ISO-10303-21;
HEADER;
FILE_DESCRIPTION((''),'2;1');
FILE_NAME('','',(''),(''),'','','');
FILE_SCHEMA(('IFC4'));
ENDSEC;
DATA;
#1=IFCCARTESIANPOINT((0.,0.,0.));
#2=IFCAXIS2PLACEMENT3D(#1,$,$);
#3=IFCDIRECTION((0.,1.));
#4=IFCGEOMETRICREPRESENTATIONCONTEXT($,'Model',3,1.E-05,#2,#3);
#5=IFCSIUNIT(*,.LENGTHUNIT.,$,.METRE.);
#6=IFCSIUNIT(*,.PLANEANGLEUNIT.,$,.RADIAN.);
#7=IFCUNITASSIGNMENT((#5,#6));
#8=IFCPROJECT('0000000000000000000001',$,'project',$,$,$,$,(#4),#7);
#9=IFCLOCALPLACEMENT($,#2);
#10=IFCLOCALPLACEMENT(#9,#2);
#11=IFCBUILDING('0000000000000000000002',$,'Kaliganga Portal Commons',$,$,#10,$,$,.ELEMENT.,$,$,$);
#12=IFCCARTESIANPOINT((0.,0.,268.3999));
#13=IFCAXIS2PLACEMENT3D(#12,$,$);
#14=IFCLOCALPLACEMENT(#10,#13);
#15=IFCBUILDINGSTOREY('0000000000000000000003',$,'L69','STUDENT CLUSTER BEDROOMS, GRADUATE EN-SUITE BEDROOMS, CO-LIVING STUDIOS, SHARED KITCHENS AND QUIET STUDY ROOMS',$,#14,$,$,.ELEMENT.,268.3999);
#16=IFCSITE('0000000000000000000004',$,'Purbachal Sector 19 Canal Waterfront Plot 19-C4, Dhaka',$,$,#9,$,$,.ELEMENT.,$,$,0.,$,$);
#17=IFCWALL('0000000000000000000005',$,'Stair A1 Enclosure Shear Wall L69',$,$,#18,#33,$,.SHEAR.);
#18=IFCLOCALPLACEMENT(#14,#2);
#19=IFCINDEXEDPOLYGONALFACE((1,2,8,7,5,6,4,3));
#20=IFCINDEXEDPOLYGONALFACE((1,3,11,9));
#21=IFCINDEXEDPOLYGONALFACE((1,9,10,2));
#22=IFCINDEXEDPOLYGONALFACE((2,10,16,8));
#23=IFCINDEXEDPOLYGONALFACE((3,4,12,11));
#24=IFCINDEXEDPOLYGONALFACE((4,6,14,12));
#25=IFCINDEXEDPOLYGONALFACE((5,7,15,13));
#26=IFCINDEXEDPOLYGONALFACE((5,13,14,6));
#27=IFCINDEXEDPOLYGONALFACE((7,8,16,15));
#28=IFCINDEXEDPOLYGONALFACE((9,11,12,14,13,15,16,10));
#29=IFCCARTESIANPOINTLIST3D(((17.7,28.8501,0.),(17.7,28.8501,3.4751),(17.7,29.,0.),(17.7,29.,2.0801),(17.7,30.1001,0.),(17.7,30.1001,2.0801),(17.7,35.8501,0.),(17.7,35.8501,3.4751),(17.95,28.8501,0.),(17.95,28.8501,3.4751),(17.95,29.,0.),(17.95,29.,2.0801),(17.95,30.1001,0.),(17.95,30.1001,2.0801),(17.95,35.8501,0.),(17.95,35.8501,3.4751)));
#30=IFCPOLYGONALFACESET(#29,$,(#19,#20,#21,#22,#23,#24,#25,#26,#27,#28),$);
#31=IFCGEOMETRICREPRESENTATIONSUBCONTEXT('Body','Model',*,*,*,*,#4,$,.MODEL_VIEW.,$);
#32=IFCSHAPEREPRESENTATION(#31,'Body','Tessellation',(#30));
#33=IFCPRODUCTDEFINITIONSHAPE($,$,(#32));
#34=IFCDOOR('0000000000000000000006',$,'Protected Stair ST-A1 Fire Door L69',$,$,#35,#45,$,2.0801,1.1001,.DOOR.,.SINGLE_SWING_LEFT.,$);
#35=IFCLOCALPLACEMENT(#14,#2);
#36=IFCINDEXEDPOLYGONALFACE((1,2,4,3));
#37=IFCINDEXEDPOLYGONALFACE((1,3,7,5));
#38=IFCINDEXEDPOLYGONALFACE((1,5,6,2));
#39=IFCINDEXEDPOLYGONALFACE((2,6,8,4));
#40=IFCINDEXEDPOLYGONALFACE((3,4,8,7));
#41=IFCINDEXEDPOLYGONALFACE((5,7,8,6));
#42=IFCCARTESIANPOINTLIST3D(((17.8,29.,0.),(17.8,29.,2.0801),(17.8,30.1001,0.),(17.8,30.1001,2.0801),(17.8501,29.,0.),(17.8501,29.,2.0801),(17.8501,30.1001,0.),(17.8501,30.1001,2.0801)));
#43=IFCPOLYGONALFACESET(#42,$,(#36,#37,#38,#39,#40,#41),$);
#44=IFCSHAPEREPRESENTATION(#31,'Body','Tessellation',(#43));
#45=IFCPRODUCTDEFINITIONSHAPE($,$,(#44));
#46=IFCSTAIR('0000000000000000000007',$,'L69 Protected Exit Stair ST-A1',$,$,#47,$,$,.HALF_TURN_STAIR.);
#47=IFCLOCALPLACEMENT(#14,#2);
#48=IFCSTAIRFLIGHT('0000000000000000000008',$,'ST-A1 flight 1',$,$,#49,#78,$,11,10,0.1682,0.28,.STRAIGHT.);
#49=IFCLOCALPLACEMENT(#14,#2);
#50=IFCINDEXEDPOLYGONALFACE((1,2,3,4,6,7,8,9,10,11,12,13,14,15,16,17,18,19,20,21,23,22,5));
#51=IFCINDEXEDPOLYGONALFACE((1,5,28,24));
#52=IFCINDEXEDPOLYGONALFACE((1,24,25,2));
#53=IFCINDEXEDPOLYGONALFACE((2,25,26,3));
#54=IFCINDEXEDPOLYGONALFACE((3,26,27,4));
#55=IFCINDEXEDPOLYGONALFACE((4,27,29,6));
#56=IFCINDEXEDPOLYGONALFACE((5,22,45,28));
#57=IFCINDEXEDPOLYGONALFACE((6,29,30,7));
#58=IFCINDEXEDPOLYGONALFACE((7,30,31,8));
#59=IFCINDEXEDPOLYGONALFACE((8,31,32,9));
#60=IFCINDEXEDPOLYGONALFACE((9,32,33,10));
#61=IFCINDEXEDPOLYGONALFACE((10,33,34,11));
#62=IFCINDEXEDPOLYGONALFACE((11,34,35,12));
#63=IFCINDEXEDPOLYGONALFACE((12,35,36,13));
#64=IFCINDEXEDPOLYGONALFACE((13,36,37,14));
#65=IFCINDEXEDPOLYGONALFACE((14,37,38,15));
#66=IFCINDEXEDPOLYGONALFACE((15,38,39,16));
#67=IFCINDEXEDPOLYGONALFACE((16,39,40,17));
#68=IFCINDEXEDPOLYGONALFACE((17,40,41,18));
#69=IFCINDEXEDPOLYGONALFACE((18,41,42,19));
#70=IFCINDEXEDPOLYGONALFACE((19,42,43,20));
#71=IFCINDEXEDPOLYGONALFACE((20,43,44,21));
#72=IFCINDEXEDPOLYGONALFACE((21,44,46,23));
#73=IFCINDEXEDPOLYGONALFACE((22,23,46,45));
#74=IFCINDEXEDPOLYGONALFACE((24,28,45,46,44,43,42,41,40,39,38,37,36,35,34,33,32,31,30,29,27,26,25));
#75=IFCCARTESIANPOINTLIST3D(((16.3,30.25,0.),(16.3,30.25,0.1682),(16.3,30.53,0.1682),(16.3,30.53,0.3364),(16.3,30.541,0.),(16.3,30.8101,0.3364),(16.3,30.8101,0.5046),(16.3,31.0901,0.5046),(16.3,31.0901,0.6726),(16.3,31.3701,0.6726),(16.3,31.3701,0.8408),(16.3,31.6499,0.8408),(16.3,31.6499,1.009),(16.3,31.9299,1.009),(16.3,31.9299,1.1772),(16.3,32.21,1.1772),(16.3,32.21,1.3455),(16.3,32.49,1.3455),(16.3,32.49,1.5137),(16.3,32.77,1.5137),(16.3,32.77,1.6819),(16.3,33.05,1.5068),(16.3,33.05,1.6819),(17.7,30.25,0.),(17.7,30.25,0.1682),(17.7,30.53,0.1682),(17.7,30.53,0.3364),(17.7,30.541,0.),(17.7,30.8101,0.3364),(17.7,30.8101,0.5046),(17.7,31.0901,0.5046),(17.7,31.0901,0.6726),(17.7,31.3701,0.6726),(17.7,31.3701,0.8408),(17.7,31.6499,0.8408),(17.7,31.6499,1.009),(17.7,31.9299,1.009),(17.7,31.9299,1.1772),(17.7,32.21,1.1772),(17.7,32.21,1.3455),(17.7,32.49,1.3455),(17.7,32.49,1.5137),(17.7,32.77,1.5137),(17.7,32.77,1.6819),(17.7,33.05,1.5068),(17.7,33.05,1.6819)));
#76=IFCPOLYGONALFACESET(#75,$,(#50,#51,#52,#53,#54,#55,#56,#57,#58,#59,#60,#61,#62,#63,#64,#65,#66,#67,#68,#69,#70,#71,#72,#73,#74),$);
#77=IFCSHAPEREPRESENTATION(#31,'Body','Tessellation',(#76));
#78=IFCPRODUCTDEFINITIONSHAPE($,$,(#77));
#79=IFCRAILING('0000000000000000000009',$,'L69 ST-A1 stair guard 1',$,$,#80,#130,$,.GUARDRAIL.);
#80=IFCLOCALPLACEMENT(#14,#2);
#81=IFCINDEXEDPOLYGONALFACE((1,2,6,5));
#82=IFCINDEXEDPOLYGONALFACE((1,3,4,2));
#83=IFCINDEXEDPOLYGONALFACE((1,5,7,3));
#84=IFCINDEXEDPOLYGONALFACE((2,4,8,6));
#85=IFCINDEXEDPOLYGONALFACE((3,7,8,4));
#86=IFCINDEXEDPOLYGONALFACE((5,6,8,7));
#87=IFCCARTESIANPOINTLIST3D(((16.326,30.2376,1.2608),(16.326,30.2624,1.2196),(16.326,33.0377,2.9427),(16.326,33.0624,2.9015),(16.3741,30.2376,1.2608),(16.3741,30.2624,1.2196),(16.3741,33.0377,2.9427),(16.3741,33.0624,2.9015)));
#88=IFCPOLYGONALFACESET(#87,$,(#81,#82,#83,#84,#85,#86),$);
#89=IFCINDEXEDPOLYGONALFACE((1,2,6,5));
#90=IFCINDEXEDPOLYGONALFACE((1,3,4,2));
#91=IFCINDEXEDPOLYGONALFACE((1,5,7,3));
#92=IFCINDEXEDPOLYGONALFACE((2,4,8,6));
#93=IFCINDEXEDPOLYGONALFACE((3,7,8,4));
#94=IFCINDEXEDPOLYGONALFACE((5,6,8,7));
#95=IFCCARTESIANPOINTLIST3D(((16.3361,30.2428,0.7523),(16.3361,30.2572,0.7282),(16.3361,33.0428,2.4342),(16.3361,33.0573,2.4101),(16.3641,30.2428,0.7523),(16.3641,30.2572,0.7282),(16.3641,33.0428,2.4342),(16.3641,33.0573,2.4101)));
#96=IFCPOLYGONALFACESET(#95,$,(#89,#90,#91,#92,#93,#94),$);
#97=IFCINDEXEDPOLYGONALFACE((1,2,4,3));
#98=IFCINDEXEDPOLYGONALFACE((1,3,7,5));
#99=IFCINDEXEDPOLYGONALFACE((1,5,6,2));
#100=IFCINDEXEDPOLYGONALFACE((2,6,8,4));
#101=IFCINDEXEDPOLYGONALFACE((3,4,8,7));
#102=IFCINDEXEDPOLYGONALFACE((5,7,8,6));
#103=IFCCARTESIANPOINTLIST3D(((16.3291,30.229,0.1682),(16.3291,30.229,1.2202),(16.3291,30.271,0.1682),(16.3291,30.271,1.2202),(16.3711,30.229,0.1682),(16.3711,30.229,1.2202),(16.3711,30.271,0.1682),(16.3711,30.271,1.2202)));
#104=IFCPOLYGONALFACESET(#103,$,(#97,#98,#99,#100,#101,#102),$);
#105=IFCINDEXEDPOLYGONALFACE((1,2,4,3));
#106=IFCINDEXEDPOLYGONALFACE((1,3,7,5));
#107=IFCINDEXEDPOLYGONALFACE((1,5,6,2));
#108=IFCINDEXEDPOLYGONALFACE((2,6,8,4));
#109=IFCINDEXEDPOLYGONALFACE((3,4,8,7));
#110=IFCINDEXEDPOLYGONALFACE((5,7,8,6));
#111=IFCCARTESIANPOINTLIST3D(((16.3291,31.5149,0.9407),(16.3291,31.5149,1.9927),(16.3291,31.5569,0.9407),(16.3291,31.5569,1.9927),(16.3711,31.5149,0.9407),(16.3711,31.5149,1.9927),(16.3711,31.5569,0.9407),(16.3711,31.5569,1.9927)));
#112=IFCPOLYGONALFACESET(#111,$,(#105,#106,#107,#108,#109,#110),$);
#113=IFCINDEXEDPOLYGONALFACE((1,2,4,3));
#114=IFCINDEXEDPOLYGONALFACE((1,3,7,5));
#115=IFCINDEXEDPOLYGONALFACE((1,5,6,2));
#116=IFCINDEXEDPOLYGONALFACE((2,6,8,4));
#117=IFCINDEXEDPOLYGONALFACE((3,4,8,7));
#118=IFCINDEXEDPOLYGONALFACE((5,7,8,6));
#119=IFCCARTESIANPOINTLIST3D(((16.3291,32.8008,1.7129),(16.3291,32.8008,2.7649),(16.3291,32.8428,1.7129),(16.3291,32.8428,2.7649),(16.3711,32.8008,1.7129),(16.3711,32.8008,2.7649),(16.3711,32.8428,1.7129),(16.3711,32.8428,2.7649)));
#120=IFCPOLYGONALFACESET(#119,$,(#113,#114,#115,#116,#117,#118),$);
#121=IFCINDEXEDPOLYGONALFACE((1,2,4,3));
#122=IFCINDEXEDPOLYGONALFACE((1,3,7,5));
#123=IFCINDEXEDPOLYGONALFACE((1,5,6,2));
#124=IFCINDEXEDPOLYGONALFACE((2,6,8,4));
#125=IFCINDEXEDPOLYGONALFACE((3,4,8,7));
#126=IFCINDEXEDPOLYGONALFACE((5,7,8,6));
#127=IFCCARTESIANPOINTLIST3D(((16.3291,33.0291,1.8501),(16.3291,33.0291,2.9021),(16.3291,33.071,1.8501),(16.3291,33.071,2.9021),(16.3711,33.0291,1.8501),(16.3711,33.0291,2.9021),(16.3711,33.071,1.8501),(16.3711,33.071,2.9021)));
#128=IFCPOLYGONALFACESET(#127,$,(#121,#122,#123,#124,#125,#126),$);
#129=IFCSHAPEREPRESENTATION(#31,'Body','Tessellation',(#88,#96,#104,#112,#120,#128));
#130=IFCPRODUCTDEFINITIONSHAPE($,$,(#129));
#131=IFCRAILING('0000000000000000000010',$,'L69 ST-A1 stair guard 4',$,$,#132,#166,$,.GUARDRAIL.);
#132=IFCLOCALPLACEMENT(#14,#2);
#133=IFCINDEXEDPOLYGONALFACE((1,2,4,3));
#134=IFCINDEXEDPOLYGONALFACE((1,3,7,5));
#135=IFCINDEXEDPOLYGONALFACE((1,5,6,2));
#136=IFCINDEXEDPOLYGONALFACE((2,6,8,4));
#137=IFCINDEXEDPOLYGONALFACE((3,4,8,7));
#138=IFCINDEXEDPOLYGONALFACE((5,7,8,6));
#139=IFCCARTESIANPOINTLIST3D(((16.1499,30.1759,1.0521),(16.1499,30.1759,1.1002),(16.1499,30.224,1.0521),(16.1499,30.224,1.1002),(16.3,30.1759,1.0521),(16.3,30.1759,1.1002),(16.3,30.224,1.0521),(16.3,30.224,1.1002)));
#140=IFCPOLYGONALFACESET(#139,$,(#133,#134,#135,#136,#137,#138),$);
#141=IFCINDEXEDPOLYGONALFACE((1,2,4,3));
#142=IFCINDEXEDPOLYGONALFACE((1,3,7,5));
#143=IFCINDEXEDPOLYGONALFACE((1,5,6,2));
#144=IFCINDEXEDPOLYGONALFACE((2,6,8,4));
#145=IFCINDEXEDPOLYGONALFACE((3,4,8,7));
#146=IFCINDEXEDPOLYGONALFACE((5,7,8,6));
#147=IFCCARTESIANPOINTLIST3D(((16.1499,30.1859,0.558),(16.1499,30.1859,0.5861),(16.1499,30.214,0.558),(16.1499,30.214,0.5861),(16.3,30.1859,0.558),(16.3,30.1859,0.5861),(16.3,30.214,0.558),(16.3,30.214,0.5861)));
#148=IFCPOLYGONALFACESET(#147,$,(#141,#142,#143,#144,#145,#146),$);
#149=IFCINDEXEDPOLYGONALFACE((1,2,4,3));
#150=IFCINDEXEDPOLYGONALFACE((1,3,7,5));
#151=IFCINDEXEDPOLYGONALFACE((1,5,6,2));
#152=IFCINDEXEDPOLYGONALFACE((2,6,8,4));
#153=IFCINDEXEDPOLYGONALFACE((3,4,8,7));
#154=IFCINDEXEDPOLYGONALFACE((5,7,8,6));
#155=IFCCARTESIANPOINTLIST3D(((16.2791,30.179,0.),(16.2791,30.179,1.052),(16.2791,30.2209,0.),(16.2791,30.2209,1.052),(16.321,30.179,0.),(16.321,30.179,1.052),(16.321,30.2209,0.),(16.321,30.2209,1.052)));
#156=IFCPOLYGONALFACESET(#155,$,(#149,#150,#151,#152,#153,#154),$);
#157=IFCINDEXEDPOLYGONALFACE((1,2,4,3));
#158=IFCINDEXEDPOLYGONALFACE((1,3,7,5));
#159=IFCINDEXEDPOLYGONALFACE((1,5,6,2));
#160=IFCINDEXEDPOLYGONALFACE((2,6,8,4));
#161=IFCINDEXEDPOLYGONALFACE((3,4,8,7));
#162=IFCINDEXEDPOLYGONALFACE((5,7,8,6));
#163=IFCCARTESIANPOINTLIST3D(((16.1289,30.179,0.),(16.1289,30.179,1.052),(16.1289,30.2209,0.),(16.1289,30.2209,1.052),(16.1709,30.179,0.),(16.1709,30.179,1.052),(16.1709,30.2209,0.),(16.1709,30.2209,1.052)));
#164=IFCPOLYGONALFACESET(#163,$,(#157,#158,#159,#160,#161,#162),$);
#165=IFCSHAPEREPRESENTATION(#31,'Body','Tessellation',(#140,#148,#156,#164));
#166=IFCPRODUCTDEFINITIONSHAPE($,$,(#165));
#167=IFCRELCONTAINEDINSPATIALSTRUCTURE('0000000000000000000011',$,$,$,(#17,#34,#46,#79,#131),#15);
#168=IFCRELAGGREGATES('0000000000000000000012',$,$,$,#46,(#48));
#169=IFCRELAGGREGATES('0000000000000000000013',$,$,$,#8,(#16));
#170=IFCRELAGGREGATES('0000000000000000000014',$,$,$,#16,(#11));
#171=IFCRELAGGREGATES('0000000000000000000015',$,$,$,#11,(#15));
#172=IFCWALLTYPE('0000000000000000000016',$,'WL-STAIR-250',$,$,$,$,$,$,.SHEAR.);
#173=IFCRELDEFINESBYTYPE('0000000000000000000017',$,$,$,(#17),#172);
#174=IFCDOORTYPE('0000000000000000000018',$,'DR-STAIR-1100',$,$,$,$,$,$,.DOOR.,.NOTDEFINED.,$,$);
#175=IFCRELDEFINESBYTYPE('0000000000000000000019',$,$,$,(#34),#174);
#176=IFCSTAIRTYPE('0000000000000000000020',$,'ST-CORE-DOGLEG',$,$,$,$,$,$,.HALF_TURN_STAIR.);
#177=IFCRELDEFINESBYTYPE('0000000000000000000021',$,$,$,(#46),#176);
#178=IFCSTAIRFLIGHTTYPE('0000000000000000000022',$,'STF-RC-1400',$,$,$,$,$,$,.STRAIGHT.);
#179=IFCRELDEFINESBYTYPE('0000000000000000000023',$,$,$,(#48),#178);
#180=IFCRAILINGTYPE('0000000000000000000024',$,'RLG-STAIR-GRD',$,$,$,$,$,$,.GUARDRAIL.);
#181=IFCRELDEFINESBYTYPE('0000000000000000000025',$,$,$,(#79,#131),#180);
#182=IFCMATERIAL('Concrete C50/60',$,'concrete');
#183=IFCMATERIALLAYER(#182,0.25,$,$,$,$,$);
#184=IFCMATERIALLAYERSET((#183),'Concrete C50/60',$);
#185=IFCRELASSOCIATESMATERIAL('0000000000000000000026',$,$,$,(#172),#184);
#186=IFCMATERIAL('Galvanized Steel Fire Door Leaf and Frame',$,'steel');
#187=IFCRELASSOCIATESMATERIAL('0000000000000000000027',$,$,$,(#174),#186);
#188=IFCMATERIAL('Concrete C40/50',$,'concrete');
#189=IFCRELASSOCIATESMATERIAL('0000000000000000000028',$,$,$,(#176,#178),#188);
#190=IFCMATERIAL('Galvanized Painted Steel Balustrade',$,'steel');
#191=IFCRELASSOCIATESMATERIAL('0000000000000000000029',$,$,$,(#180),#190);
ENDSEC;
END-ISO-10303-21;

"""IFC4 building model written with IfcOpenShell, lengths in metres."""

from ifc_helpers import new_model, si_unit, direction, frame, frame_2d, origin, origin_2d, place, context, subcontext, project, spatial, polyline, rectangle, outline, extrude, material, layer, layer_set, type_object, element, fill, aggregate, save


model = new_model("IFC4")

# Units and contexts
model_context = context("Model", 3, precision=1e-05, world=origin(), true_north=direction((0.0, 1.0)))
body_context = subcontext(model_context, "Body", "Model", "MODEL_VIEW")
ifc_project = project(units=[si_unit("LENGTHUNIT", "METRE"), si_unit("PLANEANGLEUNIT", "RADIAN")], contexts=[model_context])

# Site, building, storey
site_placement = place(None, origin())
site = spatial("IfcSite", under=ifc_project, at=site_placement, Name="Purbachal Sector 19 Canal Waterfront Plot 19-C4, Dhaka", CompositionType="ELEMENT", RefElevation=0.0)
building_placement = place(site_placement, origin())
building = spatial("IfcBuilding", under=site, at=building_placement, Name="Kaliganga Portal Commons", CompositionType="ELEMENT")
storey_placement = place(building_placement, frame((0.0, 0.0, 268.3999)))
storey = spatial("IfcBuildingStorey", under=building, at=storey_placement, Name="L69", Description="STUDENT CLUSTER BEDROOMS, GRADUATE EN-SUITE BEDROOMS, CO-LIVING STUDIOS, SHARED KITCHENS AND QUIET STUDY ROOMS", CompositionType="ELEMENT", Elevation=268.3999)

# Shared definitions
ifc_material_1 = material(Name="Concrete C50/60", Category="concrete")

# Wall, opening, door
ifc_layer_1 = layer(ifc_material_1, 0.25)
ifc_layer_set_1 = layer_set([ifc_layer_1], Name="Concrete C50/60")
wall_type_1 = type_object("IfcWallType", Name="WL-STAIR-250", PredefinedType="SHEAR", material=ifc_layer_set_1)
wall_1_placement = place(storey_placement, frame((17.825, 28.8501, 0.0), z_axis=(0.0, 0.0, 1.0), x_axis=(0.0, 1.0, 0.0)))
wall_1 = element("IfcWall", 1, at=wall_1_placement, inside=storey, type_object=wall_type_1, Name="Stair A1 Enclosure Shear Wall L69", PredefinedType="SHEAR", context=body_context, shape_type="SweptSolid", body=[
    extrude(rectangle(XDim=7.0, YDim=0.25, at=frame_2d((3.5, 0.0))), origin(), (0.0, 0.0, 1.0), 3.4751),
])
opening_1_placement = place(wall_1_placement, frame((0.1499, 0.0, 0.0)))
opening_1 = element("IfcOpeningElement", 2, at=opening_1_placement, cuts=wall_1, PredefinedType="OPENING", context=body_context, shape_type="SweptSolid", body=[
    extrude(rectangle(XDim=1.1001, YDim=2.0801, at=frame_2d((0.55, 1.04))), frame((0.0, 0.135, 0.0), z_axis=(0.0, -1.0, 0.0), x_axis=(1.0, 0.0, 0.0)), (0.0, 0.0, 1.0), 0.27),
])
ifc_material_2 = material(Name="Galvanized Steel Fire Door Leaf and Frame", Category="steel")
door_type_1 = type_object("IfcDoorType", Name="DR-STAIR-1100", OperationType="NOTDEFINED", PredefinedType="DOOR", material=ifc_material_2)
door_1_placement = place(opening_1_placement, origin())
door_1 = element("IfcDoor", 3, at=door_1_placement, inside=storey, type_object=door_type_1, Name="Protected Stair ST-A1 Fire Door L69", OperationType="SINGLE_SWING_LEFT", OverallHeight=2.0801, OverallWidth=1.1001, PredefinedType="DOOR", context=body_context, shape_type="SweptSolid", body=[
    extrude(rectangle(XDim=1.1001, YDim=2.0801, at=frame_2d((0.55, 1.04))), frame((0.0, 0.0249, 0.0), z_axis=(0.0, -1.0, 0.0), x_axis=(1.0, 0.0, 0.0)), (0.0, 0.0, 1.0), 0.05),
])
fill(opening_1, door_1)

# Stair, stair flight
ifc_material_3 = material(Name="Concrete C40/50", Category="concrete")
stair_type = type_object("IfcStairType", Name="ST-CORE-DOGLEG", PredefinedType="HALF_TURN_STAIR", material=ifc_material_3)
stair_placement = place(storey_placement, origin())
stair = element("IfcStair", 4, at=stair_placement, inside=storey, type_object=stair_type, Name="L69 Protected Exit Stair ST-A1", PredefinedType="HALF_TURN_STAIR")
stair_flight_type = type_object("IfcStairFlightType", Name="STF-RC-1400", PredefinedType="STRAIGHT", material=ifc_material_3)
stair_flight_placement = place(storey_placement, frame((17.0, 30.25, 0.0), z_axis=(0.0, 0.0, 1.0), x_axis=(0.0, 1.0, 0.0)))
stair_flight = element("IfcStairFlight", 5, at=stair_flight_placement, type_object=stair_flight_type, Name="ST-A1 flight 1", NumberOfRisers=11, NumberOfTreads=10, PredefinedType="STRAIGHT", RiserHeight=0.1682, TreadLength=0.28, context=body_context, shape_type="SweptSolid", body=[
    extrude(outline(polyline([(0.0, 0.0), (0.0, 0.1682), (0.28, 0.1682), (0.28, 0.3364), (0.5601, 0.3364), (0.5601, 0.5046), (0.8401, 0.5046), (0.8401, 0.6726), (1.1201, 0.6726), (1.1201, 0.8408), (1.3999, 0.8408), (1.3999, 1.009), (1.6799, 1.009), (1.6799, 1.1772), (1.96, 1.1772), (1.96, 1.3455), (2.24, 1.3455), (2.24, 1.5137), (2.52, 1.5137), (2.52, 1.6819), (2.8, 1.6819), (2.8, 1.8501), (2.8, 1.5068), (0.291, 0.0), (0.0, 0.0)])), frame((0.0, 0.7, 0.0), z_axis=(0.0, -1.0, 0.0), x_axis=(1.0, 0.0, 0.0)), (0.0, 0.0, 1.0), 1.3999),
])
aggregate(stair, [stair_flight])

# Railings
ifc_material_4 = material(Name="Galvanized Painted Steel Balustrade", Category="steel")
railing_type_1 = type_object("IfcRailingType", Name="RLG-STAIR-GRD", PredefinedType="GUARDRAIL", material=ifc_material_4)
railing_1_placement = place(storey_placement, frame((16.3501, 30.25, 0.1682)))
element("IfcRailing", 6, at=railing_1_placement, inside=storey, type_object=railing_type_1, Name="L69 ST-A1 stair guard 1", PredefinedType="GUARDRAIL", context=body_context, shape_type="SweptSolid", body=[
    extrude(rectangle(XDim=0.0481, YDim=0.0481, at=origin_2d()), frame((0.0, 0.0, 1.072), z_axis=(0.0, 0.857242, 0.514913), x_axis=(-1.0, 0.0, 0.0)), (0.0, 0.0, 1.0), 3.2664),
    extrude(rectangle(XDim=0.0281, YDim=0.0281, at=origin_2d()), frame((0.0, 0.0, 0.572), z_axis=(0.0, 0.857242, 0.514913), x_axis=(-1.0, 0.0, 0.0)), (0.0, 0.0, 1.0), 3.2664),
    extrude(rectangle(XDim=0.042, YDim=0.042, at=origin_2d()), origin(), (0.0, 0.0, 1.0), 1.052),
    extrude(rectangle(XDim=0.042, YDim=0.042, at=origin_2d()), frame((0.0, 1.2859, 0.7725)), (0.0, 0.0, 1.0), 1.052),
    extrude(rectangle(XDim=0.042, YDim=0.042, at=origin_2d()), frame((0.0, 2.5718, 1.5447)), (0.0, 0.0, 1.0), 1.052),
    extrude(rectangle(XDim=0.042, YDim=0.042, at=origin_2d()), frame((0.0, 2.8, 1.6819)), (0.0, 0.0, 1.0), 1.052),
])
railing_2_placement = place(storey_placement, frame((16.3, 30.2, 0.0)))
element("IfcRailing", 7, at=railing_2_placement, inside=storey, type_object=railing_type_1, Name="L69 ST-A1 stair guard 4", PredefinedType="GUARDRAIL", context=body_context, shape_type="SweptSolid", body=[
    extrude(rectangle(XDim=0.0481, YDim=0.0481, at=origin_2d()), frame((0.0, 0.0, 1.0762), z_axis=(-1.0, 0.0, 0.0), x_axis=(0.0, -1.0, 0.0)), (0.0, 0.0, 1.0), 0.1501),
    extrude(rectangle(XDim=0.0281, YDim=0.0281, at=origin_2d()), frame((0.0, 0.0, 0.572), z_axis=(-1.0, 0.0, 0.0), x_axis=(0.0, -1.0, 0.0)), (0.0, 0.0, 1.0), 0.1501),
    extrude(rectangle(XDim=0.042, YDim=0.042, at=origin_2d()), origin(), (0.0, 0.0, 1.0), 1.052),
    extrude(rectangle(XDim=0.042, YDim=0.042, at=origin_2d()), frame((-0.1501, 0.0, 0.0)), (0.0, 0.0, 1.0), 1.052),
])

save(model, "model.ifc")
